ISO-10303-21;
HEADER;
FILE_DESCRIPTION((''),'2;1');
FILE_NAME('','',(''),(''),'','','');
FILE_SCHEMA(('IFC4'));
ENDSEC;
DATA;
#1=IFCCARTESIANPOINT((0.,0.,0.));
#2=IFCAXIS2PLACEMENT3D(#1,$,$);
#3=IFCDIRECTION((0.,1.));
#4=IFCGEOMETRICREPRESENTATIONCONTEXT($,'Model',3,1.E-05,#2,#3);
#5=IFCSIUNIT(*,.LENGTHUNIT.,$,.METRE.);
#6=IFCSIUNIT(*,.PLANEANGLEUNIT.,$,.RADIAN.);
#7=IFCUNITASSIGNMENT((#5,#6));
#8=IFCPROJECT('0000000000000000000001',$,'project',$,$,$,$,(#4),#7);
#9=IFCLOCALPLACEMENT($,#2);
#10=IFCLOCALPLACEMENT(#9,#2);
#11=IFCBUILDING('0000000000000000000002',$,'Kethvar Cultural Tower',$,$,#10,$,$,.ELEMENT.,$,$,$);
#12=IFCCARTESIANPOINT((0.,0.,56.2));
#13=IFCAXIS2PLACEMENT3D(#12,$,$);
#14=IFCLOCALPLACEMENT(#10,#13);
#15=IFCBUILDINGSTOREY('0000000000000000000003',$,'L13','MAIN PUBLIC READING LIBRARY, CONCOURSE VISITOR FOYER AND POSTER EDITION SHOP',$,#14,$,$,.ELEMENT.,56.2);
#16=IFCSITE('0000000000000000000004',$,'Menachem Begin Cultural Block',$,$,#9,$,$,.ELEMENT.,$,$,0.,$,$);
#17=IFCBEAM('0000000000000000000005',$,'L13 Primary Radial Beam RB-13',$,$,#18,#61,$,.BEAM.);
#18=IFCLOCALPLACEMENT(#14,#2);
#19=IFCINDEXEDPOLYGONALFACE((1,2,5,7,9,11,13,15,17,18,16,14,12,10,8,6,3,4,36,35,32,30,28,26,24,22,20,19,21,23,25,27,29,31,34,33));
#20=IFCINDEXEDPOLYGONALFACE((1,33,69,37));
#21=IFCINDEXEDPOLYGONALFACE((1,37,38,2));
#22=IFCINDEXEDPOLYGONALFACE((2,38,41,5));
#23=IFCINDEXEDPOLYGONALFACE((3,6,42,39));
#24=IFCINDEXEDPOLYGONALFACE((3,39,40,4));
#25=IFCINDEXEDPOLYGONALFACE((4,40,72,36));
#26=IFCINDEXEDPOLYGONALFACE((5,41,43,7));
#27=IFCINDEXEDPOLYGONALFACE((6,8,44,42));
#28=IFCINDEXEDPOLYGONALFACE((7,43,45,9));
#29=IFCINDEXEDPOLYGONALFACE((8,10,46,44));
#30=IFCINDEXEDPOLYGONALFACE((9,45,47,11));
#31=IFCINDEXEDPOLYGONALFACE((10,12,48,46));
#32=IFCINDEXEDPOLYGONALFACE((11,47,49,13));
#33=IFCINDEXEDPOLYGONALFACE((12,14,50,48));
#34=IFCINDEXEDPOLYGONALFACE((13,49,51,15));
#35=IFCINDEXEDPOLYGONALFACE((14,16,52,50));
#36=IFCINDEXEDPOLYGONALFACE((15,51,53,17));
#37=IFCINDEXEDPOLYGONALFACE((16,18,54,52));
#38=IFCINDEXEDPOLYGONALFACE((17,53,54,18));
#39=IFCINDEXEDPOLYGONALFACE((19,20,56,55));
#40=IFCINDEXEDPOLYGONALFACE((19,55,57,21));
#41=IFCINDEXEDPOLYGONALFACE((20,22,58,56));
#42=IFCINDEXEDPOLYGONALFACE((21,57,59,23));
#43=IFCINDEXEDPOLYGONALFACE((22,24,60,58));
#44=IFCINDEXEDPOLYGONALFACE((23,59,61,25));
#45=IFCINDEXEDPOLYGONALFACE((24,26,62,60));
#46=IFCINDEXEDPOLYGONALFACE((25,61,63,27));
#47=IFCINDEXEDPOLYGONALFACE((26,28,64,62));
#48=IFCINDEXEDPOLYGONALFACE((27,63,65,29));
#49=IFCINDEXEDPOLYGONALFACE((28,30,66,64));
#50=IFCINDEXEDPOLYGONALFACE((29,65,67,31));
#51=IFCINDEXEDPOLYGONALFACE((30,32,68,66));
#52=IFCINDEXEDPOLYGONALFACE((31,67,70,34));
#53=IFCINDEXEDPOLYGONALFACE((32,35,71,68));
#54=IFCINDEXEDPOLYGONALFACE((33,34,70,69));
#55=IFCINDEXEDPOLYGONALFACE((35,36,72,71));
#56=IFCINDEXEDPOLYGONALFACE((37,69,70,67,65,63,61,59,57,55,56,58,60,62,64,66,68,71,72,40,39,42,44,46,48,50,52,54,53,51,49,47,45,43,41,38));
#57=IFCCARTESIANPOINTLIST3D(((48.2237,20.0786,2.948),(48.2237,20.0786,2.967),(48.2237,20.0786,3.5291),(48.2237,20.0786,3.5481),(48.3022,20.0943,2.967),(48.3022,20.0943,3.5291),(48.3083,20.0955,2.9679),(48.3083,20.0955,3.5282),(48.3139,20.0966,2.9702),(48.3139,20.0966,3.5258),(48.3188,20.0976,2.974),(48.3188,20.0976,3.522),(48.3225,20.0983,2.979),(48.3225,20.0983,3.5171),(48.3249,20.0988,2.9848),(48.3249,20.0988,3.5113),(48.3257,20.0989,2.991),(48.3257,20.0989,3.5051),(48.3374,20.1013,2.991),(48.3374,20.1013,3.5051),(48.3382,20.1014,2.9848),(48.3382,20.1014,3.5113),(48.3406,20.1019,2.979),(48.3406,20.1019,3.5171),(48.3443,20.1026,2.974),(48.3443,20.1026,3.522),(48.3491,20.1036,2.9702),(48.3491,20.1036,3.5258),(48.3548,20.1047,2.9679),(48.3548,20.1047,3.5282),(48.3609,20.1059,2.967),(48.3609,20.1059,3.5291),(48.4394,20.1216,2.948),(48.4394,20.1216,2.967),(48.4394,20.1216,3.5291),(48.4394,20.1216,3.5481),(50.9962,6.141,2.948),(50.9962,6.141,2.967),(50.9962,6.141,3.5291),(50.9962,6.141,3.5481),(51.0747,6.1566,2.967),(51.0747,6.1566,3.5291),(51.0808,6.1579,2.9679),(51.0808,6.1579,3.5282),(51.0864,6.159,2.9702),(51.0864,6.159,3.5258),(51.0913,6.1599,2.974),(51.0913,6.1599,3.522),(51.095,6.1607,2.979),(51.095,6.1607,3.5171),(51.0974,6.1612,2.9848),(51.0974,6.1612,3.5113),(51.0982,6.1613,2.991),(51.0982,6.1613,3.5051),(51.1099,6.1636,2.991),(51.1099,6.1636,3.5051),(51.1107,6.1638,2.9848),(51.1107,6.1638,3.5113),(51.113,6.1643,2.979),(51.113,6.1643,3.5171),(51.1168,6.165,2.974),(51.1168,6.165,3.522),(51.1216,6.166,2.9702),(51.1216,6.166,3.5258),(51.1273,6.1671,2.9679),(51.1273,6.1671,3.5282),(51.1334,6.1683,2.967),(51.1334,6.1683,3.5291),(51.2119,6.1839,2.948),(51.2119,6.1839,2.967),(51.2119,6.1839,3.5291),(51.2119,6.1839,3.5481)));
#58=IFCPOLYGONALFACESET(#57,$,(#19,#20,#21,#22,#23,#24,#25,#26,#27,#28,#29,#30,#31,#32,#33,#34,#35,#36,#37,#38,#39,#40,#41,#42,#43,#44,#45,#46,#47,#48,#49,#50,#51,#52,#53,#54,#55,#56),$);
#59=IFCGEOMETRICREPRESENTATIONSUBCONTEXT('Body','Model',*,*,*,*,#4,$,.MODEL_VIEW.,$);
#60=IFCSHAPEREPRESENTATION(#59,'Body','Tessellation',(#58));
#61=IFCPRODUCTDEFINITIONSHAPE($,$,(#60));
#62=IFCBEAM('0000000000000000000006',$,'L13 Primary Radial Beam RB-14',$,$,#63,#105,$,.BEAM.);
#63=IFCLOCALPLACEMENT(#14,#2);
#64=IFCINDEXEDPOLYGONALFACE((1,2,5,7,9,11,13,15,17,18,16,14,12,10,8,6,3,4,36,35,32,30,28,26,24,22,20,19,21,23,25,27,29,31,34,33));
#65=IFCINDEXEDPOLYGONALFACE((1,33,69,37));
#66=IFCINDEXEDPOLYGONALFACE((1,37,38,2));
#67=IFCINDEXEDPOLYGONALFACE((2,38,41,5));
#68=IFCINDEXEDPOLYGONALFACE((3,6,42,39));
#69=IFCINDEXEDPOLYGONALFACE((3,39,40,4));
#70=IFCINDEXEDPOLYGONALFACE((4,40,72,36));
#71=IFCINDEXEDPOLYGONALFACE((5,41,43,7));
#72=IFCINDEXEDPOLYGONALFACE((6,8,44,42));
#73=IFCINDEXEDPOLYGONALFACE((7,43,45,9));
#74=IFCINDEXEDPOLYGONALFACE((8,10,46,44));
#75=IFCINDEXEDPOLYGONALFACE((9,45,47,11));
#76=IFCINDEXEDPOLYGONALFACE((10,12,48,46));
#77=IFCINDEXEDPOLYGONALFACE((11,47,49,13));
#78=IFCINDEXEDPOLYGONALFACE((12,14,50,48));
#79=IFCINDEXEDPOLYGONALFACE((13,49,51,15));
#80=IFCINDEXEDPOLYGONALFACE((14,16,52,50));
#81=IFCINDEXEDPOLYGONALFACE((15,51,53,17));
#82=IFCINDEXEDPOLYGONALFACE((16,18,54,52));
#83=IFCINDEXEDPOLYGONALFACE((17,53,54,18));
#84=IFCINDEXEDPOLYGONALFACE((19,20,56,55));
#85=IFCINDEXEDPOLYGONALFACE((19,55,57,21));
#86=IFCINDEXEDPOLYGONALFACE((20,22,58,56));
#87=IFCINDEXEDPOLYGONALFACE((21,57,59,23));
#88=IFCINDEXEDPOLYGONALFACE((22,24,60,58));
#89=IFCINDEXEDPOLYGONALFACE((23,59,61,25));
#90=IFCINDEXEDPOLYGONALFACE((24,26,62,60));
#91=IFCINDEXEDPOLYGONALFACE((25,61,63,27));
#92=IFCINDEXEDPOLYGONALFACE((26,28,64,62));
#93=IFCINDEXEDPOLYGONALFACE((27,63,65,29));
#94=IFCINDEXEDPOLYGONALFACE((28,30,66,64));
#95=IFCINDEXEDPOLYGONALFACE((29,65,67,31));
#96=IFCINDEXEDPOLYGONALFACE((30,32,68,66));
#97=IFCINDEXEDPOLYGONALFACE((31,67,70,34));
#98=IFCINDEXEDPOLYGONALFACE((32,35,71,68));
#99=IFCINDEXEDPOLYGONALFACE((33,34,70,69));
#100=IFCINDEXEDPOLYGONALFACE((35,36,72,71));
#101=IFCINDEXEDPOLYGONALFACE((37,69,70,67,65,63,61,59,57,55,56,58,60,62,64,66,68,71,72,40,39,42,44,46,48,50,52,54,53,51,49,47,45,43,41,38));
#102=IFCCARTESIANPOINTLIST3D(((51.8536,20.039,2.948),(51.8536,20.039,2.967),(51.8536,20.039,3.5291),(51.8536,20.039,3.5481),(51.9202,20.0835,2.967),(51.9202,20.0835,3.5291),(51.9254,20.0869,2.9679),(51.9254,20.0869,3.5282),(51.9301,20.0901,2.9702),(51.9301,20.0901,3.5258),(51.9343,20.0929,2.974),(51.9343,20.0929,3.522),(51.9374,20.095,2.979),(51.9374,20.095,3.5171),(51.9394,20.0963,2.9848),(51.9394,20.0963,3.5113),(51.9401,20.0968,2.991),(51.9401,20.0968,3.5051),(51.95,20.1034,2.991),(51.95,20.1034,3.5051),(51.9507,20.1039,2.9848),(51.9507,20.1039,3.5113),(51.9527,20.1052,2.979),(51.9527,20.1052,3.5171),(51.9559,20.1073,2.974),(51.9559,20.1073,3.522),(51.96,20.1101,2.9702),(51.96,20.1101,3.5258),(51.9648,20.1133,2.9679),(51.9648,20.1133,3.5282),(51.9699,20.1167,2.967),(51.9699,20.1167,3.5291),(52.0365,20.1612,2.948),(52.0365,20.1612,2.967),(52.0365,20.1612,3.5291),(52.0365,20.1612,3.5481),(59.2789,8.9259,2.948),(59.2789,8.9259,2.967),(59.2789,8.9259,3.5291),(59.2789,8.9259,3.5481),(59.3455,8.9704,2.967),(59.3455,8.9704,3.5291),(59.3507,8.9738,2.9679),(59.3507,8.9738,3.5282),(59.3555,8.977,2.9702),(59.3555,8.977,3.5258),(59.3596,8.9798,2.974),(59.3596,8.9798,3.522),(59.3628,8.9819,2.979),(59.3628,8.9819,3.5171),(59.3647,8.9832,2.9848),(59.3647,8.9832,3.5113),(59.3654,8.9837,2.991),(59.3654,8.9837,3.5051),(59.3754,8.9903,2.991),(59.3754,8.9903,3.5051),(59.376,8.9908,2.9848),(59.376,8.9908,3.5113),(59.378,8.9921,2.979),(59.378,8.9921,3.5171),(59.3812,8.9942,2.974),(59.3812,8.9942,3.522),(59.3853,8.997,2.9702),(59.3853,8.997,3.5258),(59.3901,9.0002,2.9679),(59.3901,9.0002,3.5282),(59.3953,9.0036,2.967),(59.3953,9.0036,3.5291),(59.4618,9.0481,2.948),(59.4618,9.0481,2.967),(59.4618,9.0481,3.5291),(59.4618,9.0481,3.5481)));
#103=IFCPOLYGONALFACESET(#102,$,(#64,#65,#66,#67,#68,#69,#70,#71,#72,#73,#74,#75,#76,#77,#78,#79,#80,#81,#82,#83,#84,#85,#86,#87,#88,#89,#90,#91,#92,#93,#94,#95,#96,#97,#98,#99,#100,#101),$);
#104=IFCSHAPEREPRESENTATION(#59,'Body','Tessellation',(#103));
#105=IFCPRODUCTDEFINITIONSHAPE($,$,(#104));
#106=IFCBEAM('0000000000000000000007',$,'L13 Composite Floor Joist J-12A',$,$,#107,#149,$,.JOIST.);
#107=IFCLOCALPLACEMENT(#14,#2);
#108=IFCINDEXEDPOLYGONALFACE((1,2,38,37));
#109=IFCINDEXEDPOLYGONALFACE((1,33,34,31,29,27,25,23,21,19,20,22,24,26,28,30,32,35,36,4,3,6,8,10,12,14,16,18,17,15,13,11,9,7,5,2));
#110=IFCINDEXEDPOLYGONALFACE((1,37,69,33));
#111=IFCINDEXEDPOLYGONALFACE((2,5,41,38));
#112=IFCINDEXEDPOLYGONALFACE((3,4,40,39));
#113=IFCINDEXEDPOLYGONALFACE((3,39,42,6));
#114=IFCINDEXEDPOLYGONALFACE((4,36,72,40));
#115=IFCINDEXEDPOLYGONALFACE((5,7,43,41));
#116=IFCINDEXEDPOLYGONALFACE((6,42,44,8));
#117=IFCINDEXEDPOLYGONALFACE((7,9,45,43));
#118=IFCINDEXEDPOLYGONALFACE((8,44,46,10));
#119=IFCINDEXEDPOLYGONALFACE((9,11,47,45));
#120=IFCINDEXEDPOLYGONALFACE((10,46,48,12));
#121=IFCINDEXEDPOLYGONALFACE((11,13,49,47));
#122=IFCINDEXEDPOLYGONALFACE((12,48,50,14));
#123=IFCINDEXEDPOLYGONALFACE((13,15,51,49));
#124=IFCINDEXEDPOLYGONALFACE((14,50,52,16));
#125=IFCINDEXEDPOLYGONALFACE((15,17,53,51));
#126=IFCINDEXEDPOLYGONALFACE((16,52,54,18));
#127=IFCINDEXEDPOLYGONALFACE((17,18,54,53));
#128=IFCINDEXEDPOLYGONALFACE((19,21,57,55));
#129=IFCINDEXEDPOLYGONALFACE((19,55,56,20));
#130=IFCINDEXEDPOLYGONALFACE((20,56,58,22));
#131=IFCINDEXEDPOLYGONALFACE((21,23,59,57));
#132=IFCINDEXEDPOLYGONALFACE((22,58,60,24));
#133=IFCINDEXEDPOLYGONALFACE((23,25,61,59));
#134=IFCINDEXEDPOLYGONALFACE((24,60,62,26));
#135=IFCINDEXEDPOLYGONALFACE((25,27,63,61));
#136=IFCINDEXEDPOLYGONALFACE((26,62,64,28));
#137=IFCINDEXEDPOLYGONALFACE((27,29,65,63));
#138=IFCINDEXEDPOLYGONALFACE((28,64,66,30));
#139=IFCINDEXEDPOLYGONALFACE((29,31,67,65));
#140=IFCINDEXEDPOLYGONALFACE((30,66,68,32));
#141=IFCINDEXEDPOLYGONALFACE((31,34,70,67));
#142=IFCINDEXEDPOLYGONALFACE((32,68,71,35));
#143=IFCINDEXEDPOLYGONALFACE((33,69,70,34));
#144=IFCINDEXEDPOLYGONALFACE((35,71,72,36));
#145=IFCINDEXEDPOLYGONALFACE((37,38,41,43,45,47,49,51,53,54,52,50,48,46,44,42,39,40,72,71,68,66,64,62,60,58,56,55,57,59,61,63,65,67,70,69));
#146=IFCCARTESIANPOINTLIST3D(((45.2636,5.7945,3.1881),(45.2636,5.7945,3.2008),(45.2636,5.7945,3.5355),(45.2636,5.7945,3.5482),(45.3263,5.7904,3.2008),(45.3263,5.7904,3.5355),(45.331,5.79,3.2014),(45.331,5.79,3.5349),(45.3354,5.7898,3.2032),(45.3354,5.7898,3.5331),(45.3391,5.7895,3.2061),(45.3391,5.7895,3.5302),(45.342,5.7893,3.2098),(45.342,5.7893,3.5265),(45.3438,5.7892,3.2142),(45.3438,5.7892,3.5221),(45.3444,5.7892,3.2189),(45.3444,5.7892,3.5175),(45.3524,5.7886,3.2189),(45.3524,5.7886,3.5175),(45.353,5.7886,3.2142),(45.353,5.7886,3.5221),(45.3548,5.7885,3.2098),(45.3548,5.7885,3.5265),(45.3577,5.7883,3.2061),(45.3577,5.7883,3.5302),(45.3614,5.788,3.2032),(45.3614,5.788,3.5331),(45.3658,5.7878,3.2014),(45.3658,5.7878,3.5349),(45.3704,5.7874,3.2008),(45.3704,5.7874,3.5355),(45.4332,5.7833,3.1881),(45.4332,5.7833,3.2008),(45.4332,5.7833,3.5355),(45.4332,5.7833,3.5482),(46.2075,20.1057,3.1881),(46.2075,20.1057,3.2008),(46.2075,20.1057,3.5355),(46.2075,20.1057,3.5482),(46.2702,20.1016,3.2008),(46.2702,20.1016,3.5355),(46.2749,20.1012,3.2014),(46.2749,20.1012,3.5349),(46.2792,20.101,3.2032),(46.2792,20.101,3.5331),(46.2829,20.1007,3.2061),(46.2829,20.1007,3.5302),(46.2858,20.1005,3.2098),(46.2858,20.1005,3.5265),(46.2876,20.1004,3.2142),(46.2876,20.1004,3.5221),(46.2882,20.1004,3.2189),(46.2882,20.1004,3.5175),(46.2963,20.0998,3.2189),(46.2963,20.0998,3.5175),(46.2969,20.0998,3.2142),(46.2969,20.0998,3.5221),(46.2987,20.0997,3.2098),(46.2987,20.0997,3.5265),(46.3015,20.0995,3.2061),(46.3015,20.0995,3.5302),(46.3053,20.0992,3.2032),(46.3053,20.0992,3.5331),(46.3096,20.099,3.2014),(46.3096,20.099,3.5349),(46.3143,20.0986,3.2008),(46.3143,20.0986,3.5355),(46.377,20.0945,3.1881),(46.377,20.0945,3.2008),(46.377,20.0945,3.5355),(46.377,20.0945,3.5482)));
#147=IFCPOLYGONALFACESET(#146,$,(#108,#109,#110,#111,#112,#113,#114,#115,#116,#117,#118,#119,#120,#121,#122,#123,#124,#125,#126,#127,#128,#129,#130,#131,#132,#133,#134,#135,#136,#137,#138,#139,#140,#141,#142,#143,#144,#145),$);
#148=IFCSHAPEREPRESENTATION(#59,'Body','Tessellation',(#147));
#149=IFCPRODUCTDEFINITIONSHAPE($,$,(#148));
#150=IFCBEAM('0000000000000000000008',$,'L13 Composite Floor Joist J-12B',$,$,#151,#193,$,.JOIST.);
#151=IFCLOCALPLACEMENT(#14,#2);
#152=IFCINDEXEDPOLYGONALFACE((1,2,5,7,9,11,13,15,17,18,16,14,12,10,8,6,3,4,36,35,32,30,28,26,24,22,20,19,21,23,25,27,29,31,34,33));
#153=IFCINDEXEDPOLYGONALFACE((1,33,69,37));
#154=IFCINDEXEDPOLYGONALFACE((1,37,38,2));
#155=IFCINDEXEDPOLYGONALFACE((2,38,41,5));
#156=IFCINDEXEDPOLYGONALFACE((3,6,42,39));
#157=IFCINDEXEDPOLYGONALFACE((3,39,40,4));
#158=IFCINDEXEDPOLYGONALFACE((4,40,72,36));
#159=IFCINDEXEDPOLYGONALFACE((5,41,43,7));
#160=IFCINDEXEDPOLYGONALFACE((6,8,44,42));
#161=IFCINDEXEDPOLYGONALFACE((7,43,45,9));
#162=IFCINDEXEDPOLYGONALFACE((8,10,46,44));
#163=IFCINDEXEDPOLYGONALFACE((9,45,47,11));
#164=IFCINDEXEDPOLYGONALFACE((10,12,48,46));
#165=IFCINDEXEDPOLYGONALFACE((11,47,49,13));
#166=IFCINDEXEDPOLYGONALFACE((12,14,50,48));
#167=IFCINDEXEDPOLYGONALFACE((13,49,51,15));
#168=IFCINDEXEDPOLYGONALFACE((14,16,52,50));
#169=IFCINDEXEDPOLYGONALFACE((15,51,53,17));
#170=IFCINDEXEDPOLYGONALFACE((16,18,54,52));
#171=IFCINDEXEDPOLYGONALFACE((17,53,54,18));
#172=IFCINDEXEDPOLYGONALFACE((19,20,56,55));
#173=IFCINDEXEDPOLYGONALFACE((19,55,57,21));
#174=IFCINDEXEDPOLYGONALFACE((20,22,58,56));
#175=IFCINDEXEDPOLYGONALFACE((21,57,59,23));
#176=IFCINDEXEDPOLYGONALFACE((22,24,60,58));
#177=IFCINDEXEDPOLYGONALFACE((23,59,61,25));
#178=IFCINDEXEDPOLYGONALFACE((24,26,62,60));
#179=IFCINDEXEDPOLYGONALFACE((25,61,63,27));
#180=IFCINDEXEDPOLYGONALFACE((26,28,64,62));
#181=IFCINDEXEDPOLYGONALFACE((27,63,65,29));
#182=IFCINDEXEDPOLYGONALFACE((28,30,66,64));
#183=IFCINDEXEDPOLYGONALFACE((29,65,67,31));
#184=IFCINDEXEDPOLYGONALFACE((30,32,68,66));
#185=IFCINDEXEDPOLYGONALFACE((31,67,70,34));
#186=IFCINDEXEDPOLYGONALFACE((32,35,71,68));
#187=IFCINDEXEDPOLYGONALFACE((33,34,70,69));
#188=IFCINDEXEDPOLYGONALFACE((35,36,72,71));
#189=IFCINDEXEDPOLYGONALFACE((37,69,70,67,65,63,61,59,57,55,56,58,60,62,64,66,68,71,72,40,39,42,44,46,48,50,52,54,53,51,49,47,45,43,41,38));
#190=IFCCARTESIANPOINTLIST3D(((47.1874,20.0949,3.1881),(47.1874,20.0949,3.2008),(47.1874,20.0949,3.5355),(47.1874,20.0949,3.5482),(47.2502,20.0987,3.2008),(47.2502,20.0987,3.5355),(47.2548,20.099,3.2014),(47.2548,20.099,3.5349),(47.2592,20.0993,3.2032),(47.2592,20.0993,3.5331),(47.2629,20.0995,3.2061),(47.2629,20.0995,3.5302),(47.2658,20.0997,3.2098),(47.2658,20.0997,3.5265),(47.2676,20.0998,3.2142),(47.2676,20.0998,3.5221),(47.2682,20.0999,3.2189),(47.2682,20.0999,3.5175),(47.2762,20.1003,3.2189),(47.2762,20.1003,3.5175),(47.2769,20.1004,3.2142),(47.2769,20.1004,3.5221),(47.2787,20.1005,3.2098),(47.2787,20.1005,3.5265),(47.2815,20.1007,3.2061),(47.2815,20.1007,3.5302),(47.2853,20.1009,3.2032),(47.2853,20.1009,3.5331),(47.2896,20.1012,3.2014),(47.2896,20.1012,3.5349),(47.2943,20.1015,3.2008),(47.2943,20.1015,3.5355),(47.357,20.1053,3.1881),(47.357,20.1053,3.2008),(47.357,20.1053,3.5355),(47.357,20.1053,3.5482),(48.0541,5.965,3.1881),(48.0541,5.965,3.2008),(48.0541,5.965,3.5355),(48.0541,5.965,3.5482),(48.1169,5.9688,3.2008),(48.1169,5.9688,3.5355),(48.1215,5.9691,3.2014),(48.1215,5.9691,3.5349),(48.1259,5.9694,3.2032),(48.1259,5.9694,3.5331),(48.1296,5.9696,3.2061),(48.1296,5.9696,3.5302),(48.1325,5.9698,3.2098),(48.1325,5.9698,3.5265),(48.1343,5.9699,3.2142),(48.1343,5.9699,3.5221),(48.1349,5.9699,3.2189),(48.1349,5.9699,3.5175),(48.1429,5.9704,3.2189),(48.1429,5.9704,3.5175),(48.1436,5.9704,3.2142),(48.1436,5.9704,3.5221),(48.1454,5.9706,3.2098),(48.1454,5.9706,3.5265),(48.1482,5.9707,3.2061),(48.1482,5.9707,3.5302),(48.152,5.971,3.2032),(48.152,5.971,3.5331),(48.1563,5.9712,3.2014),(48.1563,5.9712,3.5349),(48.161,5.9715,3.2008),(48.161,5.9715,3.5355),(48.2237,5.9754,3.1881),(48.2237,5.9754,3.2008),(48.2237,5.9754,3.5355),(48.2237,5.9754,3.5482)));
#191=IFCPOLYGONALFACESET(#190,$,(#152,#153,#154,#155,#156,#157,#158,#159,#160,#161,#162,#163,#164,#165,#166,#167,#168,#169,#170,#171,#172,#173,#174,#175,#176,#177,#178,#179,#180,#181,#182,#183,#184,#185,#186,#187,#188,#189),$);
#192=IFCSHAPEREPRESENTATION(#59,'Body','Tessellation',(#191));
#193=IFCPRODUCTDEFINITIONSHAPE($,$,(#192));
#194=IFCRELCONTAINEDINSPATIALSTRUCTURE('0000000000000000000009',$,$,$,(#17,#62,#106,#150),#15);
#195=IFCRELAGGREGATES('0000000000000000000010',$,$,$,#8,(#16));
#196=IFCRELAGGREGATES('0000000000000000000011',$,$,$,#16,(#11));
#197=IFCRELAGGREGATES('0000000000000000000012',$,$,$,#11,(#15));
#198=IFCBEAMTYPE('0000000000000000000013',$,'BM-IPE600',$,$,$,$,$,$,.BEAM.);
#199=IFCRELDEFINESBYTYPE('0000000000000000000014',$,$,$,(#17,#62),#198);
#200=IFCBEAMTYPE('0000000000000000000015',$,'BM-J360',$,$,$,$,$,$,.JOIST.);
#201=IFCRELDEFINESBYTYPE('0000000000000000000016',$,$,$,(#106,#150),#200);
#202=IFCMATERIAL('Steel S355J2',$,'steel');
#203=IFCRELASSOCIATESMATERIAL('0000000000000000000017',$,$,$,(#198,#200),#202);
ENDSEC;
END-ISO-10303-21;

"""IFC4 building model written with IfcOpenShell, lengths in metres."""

from ifc_helpers import new_model, si_unit, direction, frame, origin, origin_2d, place, context, subcontext, project, spatial, i_section, extrude, source, transform, mapped, material, material_profile, profile_set, type_object, element, save


model = new_model("IFC4")

# Units and contexts
model_context = context("Model", 3, precision=1e-05, world=origin(), true_north=direction((0.0, 1.0)))
body_context = subcontext(model_context, "Body", "Model", "MODEL_VIEW")
ifc_project = project(units=[si_unit("LENGTHUNIT", "METRE"), si_unit("PLANEANGLEUNIT", "RADIAN")], contexts=[model_context])

# Site, building, storey
site_placement = place(None, origin())
site = spatial("IfcSite", under=ifc_project, at=site_placement, Name="Menachem Begin Cultural Block", CompositionType="ELEMENT", RefElevation=0.0)
building_placement = place(site_placement, origin())
building = spatial("IfcBuilding", under=site, at=building_placement, Name="Kethvar Cultural Tower", CompositionType="ELEMENT")
storey_placement = place(building_placement, frame((0.0, 0.0, 56.2)))
storey = spatial("IfcBuildingStorey", under=building, at=storey_placement, Name="L13", Description="MAIN PUBLIC READING LIBRARY, CONCOURSE VISITOR FOYER AND POSTER EDITION SHOP", CompositionType="ELEMENT", Elevation=56.2)

# Beams
ifc_material_1 = material(Name="Steel S355J2", Category="steel")
ifc_material_profile_1 = material_profile(ifc_material_1, i_section(OverallWidth=0.22, OverallDepth=0.6001, WebThickness=0.012, FlangeThickness=0.019, FilletRadius=0.0239, at=origin_2d()), Name="Steel S355J2 — IPE600")
ifc_profile_set_1 = profile_set([ifc_material_profile_1], Name="Steel S355J2 — IPE600")
beam_type_1 = type_object("IfcBeamType", Name="BM-IPE600", PredefinedType="BEAM", material=ifc_profile_set_1)
shared_shape_1 = source(origin(), body_context, "Body", "SweptSolid", [
    extrude(i_section(OverallWidth=0.22, OverallDepth=0.6001, WebThickness=0.012, FlangeThickness=0.019, FilletRadius=0.0239, at=origin_2d()), origin(), (0.0, 0.0, 1.0), 14.2107),
])
beam_1_placement = place(storey_placement, frame((48.3315, 20.1001, 3.248), z_axis=(0.195098, -0.980784, 0.0), x_axis=(0.980784, 0.195098, 0.0)))
element("IfcBeam", 1, at=beam_1_placement, inside=storey, type_object=beam_type_1, Name="L13 Primary Radial Beam RB-13", PredefinedType="BEAM", context=body_context, shape_type="MappedRepresentation", body=[
    mapped(shared_shape_1, transform((0.0, 0.0, 0.0), scale=1.0)),
])
shared_shape_2 = source(origin(), body_context, "Body", "SweptSolid", [
    extrude(i_section(OverallWidth=0.22, OverallDepth=0.6001, WebThickness=0.012, FlangeThickness=0.019, FilletRadius=0.0239, at=origin_2d()), origin(), (0.0, 0.0, 1.0), 13.3655),
])
beam_2_placement = place(storey_placement, frame((51.9451, 20.1001, 3.248), z_axis=(0.55556, -0.831477, 0.0), x_axis=(0.831477, 0.55556, 0.0)))
element("IfcBeam", 2, at=beam_2_placement, inside=storey, type_object=beam_type_1, Name="L13 Primary Radial Beam RB-14", PredefinedType="BEAM", context=body_context, shape_type="MappedRepresentation", body=[
    mapped(shared_shape_2, transform((0.0, 0.0, 0.0), scale=1.0)),
])
ifc_material_profile_2 = material_profile(ifc_material_1, i_section(OverallWidth=0.1699, OverallDepth=0.3601, WebThickness=0.0081, FlangeThickness=0.0127, FilletRadius=0.0181, at=origin_2d()), Name="Steel S355J2 — IPE360")
ifc_profile_set_2 = profile_set([ifc_material_profile_2], Name="Steel S355J2 — IPE360")
beam_type_2 = type_object("IfcBeamType", Name="BM-J360", PredefinedType="JOIST", material=ifc_profile_set_2)
shared_shape_3 = source(origin(), body_context, "Body", "SweptSolid", [
    extrude(i_section(OverallWidth=0.1699, OverallDepth=0.3601, WebThickness=0.0081, FlangeThickness=0.0127, FilletRadius=0.0181, at=origin_2d()), origin(), (0.0, 0.0, 1.0), 14.3423),
])
beam_3_placement = place(storey_placement, frame((46.2922, 20.1001, 3.3682), z_axis=(-0.065808, -0.997832, 0.0), x_axis=(0.997832, -0.065808, 0.0)))
element("IfcBeam", 3, at=beam_3_placement, inside=storey, type_object=beam_type_2, Name="L13 Composite Floor Joist J-12A", PredefinedType="JOIST", context=body_context, shape_type="MappedRepresentation", body=[
    mapped(shared_shape_3, transform((0.0, 0.0, 0.0), scale=1.0)),
])
shared_shape_4 = source(origin(), body_context, "Body", "SweptSolid", [
    extrude(i_section(OverallWidth=0.1699, OverallDepth=0.3601, WebThickness=0.0081, FlangeThickness=0.0127, FilletRadius=0.0181, at=origin_2d()), origin(), (0.0, 0.0, 1.0), 14.1565),
])
beam_4_placement = place(storey_placement, frame((47.2722, 20.1001, 3.3682), z_axis=(0.061223, -0.998124, 0.0), x_axis=(0.998124, 0.061223, 0.0)))
element("IfcBeam", 4, at=beam_4_placement, inside=storey, type_object=beam_type_2, Name="L13 Composite Floor Joist J-12B", PredefinedType="JOIST", context=body_context, shape_type="MappedRepresentation", body=[
    mapped(shared_shape_4, transform((0.0, 0.0, 0.0), scale=1.0)),
])

save(model, "model.ifc")
